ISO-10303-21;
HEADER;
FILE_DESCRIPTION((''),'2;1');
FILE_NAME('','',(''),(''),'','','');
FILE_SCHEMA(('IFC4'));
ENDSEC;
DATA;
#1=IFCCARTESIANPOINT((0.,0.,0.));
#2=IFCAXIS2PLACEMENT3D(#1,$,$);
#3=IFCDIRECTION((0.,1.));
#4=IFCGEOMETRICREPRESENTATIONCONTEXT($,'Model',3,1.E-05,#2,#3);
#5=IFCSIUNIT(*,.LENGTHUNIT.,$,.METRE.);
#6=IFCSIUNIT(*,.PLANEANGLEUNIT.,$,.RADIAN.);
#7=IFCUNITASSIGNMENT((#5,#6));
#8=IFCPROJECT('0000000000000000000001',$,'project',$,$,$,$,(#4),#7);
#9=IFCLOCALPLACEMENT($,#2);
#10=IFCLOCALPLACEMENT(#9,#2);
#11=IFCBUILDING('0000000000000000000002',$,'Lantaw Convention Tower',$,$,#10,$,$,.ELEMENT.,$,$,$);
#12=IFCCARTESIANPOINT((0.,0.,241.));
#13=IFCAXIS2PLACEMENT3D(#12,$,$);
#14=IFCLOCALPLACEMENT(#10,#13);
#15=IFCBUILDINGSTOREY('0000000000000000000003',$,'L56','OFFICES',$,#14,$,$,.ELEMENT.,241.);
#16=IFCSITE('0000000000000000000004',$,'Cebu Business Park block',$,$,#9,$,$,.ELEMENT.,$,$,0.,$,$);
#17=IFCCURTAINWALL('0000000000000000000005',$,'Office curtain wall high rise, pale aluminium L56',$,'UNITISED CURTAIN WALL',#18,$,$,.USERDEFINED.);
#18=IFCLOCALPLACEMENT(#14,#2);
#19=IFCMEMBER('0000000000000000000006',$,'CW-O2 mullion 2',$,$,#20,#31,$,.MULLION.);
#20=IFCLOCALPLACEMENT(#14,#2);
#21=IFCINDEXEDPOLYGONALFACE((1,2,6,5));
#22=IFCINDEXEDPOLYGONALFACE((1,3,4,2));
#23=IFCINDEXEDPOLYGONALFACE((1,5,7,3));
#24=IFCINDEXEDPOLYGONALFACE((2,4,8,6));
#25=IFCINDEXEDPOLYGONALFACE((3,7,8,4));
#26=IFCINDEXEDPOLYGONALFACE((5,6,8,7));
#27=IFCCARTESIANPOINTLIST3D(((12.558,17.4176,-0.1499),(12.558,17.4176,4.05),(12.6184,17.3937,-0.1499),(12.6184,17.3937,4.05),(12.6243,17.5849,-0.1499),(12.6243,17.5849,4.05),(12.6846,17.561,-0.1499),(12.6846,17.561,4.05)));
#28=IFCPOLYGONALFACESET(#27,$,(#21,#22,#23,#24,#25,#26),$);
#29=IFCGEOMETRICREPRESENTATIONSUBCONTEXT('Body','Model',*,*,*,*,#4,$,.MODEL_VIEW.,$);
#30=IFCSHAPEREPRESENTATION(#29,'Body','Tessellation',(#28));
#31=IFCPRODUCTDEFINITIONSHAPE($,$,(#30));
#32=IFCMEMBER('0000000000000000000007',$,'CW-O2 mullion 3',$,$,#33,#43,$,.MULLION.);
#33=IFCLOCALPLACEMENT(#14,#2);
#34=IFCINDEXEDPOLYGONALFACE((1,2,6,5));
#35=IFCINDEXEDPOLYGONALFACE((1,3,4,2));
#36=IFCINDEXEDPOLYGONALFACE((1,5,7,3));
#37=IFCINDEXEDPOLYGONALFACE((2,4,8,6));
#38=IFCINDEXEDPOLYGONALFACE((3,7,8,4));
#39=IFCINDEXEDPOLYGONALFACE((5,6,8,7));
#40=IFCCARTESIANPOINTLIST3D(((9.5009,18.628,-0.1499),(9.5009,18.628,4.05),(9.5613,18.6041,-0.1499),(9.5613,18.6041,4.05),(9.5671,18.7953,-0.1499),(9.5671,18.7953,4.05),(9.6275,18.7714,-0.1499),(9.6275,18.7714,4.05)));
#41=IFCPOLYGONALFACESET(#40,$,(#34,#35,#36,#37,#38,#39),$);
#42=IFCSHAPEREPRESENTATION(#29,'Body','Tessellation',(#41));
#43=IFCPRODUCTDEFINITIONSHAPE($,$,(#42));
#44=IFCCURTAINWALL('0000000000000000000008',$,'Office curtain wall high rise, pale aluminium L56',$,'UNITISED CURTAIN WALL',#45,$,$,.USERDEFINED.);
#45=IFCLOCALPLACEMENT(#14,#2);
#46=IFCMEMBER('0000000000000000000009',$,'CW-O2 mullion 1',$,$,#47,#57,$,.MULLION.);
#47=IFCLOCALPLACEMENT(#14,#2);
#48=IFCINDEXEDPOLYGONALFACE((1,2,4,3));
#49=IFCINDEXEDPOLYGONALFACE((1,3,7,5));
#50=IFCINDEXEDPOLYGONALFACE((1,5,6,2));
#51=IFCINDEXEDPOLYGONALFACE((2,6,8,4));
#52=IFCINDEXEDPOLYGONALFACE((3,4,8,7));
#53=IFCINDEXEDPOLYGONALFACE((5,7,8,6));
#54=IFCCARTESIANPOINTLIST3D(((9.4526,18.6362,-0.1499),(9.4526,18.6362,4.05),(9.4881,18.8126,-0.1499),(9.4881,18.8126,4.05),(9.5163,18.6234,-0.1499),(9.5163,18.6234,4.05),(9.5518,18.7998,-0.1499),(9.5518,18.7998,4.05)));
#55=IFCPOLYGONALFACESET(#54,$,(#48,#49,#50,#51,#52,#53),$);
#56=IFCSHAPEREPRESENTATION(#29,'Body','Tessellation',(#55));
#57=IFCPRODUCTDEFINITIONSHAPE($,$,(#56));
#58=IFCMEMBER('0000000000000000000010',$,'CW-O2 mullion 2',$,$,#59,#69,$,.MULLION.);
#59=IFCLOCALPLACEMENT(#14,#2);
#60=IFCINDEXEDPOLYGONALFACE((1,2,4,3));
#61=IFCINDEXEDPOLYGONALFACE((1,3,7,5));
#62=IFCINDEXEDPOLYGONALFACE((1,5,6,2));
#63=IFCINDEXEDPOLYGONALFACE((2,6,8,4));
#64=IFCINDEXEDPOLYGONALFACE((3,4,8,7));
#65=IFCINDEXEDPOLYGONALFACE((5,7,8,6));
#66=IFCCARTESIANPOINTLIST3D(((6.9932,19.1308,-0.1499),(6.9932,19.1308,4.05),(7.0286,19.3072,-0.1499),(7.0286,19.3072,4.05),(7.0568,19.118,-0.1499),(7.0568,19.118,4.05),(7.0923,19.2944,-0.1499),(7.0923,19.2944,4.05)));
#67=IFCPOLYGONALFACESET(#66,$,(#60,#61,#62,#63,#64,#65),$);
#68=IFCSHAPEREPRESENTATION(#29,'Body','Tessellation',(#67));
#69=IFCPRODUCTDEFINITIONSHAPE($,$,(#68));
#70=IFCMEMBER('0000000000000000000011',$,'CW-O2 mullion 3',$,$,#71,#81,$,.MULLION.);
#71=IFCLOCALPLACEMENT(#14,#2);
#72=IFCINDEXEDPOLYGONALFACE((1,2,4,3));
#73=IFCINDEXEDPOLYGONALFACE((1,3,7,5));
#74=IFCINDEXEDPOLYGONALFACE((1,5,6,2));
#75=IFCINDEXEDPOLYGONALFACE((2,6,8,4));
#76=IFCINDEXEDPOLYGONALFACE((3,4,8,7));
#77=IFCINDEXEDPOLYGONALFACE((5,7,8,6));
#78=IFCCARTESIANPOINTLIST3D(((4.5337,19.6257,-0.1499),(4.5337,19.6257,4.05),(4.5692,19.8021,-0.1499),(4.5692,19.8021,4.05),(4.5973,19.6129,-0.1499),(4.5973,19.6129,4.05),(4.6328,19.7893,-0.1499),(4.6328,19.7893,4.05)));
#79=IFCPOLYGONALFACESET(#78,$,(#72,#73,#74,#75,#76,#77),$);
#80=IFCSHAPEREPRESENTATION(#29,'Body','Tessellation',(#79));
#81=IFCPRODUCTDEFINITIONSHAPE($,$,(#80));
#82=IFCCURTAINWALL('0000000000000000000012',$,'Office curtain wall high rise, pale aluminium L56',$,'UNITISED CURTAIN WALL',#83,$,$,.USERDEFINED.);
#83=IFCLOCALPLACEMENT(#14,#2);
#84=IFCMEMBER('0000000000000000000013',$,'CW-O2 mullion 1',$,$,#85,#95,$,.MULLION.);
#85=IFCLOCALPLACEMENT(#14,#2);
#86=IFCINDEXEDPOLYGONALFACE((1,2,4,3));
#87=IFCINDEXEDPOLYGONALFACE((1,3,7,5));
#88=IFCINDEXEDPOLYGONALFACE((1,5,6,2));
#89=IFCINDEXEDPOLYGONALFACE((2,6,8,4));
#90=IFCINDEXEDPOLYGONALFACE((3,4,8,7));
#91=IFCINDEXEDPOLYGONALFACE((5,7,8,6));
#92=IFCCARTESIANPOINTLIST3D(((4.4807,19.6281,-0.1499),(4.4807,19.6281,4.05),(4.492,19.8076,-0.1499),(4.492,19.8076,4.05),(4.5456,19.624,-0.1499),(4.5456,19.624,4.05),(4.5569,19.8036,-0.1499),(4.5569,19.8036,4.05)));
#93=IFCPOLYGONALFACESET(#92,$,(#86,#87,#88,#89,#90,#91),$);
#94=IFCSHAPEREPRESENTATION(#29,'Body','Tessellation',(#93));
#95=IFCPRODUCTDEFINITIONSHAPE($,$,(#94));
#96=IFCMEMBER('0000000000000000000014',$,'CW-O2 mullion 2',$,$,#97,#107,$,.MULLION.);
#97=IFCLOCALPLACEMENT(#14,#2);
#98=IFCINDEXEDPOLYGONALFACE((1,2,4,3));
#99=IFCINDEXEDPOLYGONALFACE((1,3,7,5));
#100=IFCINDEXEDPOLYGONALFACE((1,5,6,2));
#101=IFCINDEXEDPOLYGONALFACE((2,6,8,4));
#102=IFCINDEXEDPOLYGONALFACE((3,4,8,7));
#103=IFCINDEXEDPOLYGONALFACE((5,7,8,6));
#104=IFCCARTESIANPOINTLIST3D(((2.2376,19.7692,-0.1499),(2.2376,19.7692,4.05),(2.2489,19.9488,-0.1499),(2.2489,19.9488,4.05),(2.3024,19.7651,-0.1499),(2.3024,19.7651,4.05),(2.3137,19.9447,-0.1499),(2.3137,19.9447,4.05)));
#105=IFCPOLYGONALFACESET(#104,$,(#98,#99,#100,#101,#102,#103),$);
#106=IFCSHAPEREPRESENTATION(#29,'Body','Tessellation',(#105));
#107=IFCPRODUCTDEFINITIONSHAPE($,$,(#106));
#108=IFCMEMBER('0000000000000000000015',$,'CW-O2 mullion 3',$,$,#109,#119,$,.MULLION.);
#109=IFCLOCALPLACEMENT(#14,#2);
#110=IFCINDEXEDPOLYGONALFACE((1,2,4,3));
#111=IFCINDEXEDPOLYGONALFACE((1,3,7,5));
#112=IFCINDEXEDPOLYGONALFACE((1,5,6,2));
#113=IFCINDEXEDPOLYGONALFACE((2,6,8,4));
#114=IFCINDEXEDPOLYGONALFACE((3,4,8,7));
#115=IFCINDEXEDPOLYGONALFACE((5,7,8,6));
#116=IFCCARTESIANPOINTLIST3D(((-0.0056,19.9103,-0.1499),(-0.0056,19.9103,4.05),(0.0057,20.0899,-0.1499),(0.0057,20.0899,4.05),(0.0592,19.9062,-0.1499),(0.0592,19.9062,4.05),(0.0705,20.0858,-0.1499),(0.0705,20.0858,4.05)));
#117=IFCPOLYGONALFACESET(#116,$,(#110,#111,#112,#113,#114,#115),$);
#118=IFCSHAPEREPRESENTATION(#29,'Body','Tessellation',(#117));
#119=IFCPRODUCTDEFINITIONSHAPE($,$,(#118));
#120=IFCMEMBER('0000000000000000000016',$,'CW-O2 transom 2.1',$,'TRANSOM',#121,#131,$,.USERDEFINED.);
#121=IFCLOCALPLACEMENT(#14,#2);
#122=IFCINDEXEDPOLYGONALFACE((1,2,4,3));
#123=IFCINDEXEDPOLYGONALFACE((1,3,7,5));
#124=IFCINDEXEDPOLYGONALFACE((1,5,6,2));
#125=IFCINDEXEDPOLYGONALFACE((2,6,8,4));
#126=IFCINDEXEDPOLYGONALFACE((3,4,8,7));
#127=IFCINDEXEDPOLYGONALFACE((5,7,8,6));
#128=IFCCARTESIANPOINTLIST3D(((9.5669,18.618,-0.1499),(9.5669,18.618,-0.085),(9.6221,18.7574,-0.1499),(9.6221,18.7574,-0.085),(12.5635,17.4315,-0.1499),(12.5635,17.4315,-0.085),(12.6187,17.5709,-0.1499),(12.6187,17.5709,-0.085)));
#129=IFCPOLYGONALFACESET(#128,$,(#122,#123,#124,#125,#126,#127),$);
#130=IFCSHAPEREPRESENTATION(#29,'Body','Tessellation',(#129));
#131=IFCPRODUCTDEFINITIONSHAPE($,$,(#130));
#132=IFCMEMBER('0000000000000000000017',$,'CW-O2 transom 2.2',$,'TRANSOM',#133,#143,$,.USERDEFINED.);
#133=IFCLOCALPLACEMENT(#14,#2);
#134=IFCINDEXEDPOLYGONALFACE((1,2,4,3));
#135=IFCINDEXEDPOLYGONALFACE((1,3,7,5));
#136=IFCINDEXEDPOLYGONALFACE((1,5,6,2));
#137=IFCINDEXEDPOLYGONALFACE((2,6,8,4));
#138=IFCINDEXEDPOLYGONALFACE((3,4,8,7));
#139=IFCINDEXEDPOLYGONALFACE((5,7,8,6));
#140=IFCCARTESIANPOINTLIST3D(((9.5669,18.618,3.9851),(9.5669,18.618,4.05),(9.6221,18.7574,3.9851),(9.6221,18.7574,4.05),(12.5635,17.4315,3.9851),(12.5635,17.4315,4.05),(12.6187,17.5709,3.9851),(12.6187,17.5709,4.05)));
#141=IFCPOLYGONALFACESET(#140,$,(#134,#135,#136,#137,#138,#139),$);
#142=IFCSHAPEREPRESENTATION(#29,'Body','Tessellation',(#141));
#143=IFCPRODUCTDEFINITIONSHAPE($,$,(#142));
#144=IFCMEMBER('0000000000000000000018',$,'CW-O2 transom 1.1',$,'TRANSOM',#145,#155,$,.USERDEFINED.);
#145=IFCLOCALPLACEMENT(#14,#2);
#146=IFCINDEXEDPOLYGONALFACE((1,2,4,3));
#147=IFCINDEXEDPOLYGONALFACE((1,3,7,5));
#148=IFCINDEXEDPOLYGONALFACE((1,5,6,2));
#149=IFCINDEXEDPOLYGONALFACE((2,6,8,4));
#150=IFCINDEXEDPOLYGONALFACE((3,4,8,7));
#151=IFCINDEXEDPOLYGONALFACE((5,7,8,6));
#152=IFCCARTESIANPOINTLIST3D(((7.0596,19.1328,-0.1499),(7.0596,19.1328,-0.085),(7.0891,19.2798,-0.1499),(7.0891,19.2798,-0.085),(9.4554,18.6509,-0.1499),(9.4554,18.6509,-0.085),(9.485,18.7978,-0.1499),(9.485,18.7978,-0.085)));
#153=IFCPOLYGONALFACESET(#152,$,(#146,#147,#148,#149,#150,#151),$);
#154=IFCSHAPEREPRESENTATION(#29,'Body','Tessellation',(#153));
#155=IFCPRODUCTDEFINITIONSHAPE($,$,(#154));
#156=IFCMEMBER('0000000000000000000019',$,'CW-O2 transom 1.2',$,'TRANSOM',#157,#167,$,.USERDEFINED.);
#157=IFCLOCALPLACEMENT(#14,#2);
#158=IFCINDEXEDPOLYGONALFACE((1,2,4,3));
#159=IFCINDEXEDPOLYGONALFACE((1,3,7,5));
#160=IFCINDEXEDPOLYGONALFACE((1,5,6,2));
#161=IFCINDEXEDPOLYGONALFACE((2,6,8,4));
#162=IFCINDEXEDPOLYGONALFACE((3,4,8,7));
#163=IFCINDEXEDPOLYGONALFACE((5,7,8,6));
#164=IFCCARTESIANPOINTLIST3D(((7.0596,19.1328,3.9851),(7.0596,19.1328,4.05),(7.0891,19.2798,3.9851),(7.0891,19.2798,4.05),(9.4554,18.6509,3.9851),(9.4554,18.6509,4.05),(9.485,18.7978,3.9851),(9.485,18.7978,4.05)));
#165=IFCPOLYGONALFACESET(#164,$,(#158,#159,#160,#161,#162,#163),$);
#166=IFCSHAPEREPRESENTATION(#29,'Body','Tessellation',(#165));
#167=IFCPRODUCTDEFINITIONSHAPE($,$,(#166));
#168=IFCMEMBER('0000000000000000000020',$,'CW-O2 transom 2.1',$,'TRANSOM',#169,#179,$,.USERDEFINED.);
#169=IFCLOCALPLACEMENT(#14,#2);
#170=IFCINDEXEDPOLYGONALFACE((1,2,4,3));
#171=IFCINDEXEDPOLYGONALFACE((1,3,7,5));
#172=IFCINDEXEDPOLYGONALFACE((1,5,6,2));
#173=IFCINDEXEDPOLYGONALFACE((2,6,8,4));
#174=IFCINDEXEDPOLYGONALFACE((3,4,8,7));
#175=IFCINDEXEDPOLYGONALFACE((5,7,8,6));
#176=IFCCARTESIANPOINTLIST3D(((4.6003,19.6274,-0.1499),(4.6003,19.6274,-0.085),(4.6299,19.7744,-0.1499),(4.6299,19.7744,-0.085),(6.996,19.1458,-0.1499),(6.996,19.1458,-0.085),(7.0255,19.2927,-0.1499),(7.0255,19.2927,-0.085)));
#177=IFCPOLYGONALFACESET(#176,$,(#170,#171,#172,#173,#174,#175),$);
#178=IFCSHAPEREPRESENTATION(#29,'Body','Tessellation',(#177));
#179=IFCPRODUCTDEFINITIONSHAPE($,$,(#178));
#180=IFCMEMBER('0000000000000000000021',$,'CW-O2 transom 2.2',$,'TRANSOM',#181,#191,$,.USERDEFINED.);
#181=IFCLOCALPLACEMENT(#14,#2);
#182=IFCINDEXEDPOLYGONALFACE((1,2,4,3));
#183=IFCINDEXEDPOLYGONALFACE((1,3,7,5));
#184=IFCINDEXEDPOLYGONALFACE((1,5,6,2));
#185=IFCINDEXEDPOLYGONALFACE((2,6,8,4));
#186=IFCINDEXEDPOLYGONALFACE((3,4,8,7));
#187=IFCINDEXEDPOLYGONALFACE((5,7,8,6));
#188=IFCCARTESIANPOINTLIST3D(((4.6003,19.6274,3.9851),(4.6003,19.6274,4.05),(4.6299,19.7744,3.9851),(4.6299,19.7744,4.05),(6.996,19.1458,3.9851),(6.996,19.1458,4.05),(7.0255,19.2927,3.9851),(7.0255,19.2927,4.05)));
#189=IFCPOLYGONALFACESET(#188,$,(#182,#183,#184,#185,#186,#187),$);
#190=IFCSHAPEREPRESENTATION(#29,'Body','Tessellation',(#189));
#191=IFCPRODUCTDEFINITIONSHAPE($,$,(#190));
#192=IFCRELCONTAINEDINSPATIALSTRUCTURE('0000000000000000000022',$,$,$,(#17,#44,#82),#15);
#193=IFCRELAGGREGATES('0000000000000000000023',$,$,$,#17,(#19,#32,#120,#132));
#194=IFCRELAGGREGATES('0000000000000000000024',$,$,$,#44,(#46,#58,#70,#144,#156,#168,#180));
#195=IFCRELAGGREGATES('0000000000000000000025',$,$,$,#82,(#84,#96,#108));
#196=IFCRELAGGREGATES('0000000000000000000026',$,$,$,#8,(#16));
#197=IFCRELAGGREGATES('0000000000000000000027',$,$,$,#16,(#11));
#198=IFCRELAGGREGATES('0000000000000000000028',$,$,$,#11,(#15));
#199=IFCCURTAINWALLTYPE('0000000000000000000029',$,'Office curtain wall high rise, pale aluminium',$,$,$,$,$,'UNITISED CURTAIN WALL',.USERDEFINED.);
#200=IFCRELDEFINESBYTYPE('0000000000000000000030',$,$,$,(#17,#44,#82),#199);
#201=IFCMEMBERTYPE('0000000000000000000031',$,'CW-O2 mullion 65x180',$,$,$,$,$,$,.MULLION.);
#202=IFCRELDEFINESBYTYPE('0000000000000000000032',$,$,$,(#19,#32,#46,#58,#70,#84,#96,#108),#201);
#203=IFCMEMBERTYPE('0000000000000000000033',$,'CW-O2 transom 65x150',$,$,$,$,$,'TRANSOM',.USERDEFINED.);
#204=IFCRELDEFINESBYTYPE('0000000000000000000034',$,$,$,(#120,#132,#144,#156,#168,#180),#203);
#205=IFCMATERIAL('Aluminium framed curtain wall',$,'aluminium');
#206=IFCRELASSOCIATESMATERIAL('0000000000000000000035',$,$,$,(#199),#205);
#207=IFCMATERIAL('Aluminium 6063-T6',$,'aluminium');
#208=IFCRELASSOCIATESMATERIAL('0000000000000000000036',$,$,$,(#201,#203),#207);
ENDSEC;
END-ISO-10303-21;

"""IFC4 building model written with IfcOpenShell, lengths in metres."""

from ifc_helpers import new_model, si_unit, direction, frame, origin, origin_2d, place, context, subcontext, project, spatial, rectangle, extrude, material, material_profile, profile_set, type_object, element, aggregate, save


model = new_model("IFC4")

# Units and contexts
model_context = context("Model", 3, precision=1e-05, world=origin(), true_north=direction((0.0, 1.0)))
body_context = subcontext(model_context, "Body", "Model", "MODEL_VIEW")
ifc_project = project(units=[si_unit("LENGTHUNIT", "METRE"), si_unit("PLANEANGLEUNIT", "RADIAN")], contexts=[model_context])

# Site, building, storey
site_placement = place(None, origin())
site = spatial("IfcSite", under=ifc_project, at=site_placement, Name="Cebu Business Park block", CompositionType="ELEMENT", RefElevation=0.0)
building_placement = place(site_placement, origin())
building = spatial("IfcBuilding", under=site, at=building_placement, Name="Lantaw Convention Tower", CompositionType="ELEMENT")
storey_placement = place(building_placement, frame((0.0, 0.0, 241.0)))
storey = spatial("IfcBuildingStorey", under=building, at=storey_placement, Name="L56", Description="OFFICES", CompositionType="ELEMENT", Elevation=241.0)

# Curtain walls, members
ifc_material_1 = material(Name="Aluminium framed curtain wall", Category="aluminium")
curtain_wall_type = type_object("IfcCurtainWallType", Name="Office curtain wall high rise, pale aluminium", ElementType="UNITISED CURTAIN WALL", PredefinedType="USERDEFINED", material=ifc_material_1)
curtain_wall_1_placement = place(storey_placement, origin())
curtain_wall_1 = element("IfcCurtainWall", 1, at=curtain_wall_1_placement, inside=storey, type_object=curtain_wall_type, Name="Office curtain wall high rise, pale aluminium L56", ObjectType="UNITISED CURTAIN WALL", PredefinedType="USERDEFINED")
ifc_material_2 = material(Name="Aluminium 6063-T6", Category="aluminium")
ifc_material_profile_1 = material_profile(ifc_material_2, rectangle(XDim=0.1799, YDim=0.0649, at=origin_2d()), Name="CW-O2 mullion 65x180")
ifc_profile_set_1 = profile_set([ifc_material_profile_1], Name="Aluminium 6063-T6")
member_type_1 = type_object("IfcMemberType", Name="CW-O2 mullion 65x180", PredefinedType="MULLION", material=ifc_profile_set_1)
member_1_placement = place(storey_placement, frame((12.6213, 17.4893, -0.1499), z_axis=(0.0, 0.0, 1.0), x_axis=(-0.368162, -0.929762, 0.0)))
member_1 = element("IfcMember", 2, at=member_1_placement, type_object=member_type_1, Name="CW-O2 mullion 2", PredefinedType="MULLION", context=body_context, shape_type="SweptSolid", body=[
    extrude(rectangle(XDim=0.1799, YDim=0.0649, at=origin_2d()), origin(), (0.0, 0.0, 1.0), 4.2),
])
member_2_placement = place(storey_placement, frame((9.5642, 18.6997, -0.1499), z_axis=(0.0, 0.0, 1.0), x_axis=(-0.368162, -0.929762, 0.0)))
member_2 = element("IfcMember", 3, at=member_2_placement, type_object=member_type_1, Name="CW-O2 mullion 3", PredefinedType="MULLION", context=body_context, shape_type="SweptSolid", body=[
    extrude(rectangle(XDim=0.1799, YDim=0.0649, at=origin_2d()), origin(), (0.0, 0.0, 1.0), 4.2),
])
curtain_wall_2_placement = place(storey_placement, origin())
curtain_wall_2 = element("IfcCurtainWall", 4, at=curtain_wall_2_placement, inside=storey, type_object=curtain_wall_type, Name="Office curtain wall high rise, pale aluminium L56", ObjectType="UNITISED CURTAIN WALL", PredefinedType="USERDEFINED")
member_3_placement = place(storey_placement, frame((9.5022, 18.718, -0.1499), z_axis=(0.0, 0.0, 1.0), x_axis=(-0.197183, -0.980367, 0.0)))
member_3 = element("IfcMember", 5, at=member_3_placement, type_object=member_type_1, Name="CW-O2 mullion 1", PredefinedType="MULLION", context=body_context, shape_type="SweptSolid", body=[
    extrude(rectangle(XDim=0.1799, YDim=0.0649, at=origin_2d()), origin(), (0.0, 0.0, 1.0), 4.2),
])
member_4_placement = place(storey_placement, frame((7.0427, 19.2126, -0.1499), z_axis=(0.0, 0.0, 1.0), x_axis=(-0.197183, -0.980367, 0.0)))
member_4 = element("IfcMember", 6, at=member_4_placement, type_object=member_type_1, Name="CW-O2 mullion 2", PredefinedType="MULLION", context=body_context, shape_type="SweptSolid", body=[
    extrude(rectangle(XDim=0.1799, YDim=0.0649, at=origin_2d()), origin(), (0.0, 0.0, 1.0), 4.2),
])
member_5_placement = place(storey_placement, frame((4.5833, 19.7075, -0.1499), z_axis=(0.0, 0.0, 1.0), x_axis=(-0.197183, -0.980367, 0.0)))
member_5 = element("IfcMember", 7, at=member_5_placement, type_object=member_type_1, Name="CW-O2 mullion 3", PredefinedType="MULLION", context=body_context, shape_type="SweptSolid", body=[
    extrude(rectangle(XDim=0.1799, YDim=0.0649, at=origin_2d()), origin(), (0.0, 0.0, 1.0), 4.2),
])
curtain_wall_3_placement = place(storey_placement, origin())
curtain_wall_3 = element("IfcCurtainWall", 8, at=curtain_wall_3_placement, inside=storey, type_object=curtain_wall_type, Name="Office curtain wall high rise, pale aluminium L56", ObjectType="UNITISED CURTAIN WALL", PredefinedType="USERDEFINED")
member_6_placement = place(storey_placement, frame((4.5188, 19.7158, -0.1499), z_axis=(0.0, 0.0, 1.0), x_axis=(-0.062758, -0.998029, 0.0)))
member_6 = element("IfcMember", 9, at=member_6_placement, type_object=member_type_1, Name="CW-O2 mullion 1", PredefinedType="MULLION", context=body_context, shape_type="SweptSolid", body=[
    extrude(rectangle(XDim=0.1799, YDim=0.0649, at=origin_2d()), origin(), (0.0, 0.0, 1.0), 4.2),
])
member_7_placement = place(storey_placement, frame((2.2756, 19.8569, -0.1499), z_axis=(0.0, 0.0, 1.0), x_axis=(-0.062758, -0.998029, 0.0)))
member_7 = element("IfcMember", 10, at=member_7_placement, type_object=member_type_1, Name="CW-O2 mullion 2", PredefinedType="MULLION", context=body_context, shape_type="SweptSolid", body=[
    extrude(rectangle(XDim=0.1799, YDim=0.0649, at=origin_2d()), origin(), (0.0, 0.0, 1.0), 4.2),
])
member_8_placement = place(storey_placement, frame((0.0325, 19.998, -0.1499), z_axis=(0.0, 0.0, 1.0), x_axis=(-0.062758, -0.998029, 0.0)))
member_8 = element("IfcMember", 11, at=member_8_placement, type_object=member_type_1, Name="CW-O2 mullion 3", PredefinedType="MULLION", context=body_context, shape_type="SweptSolid", body=[
    extrude(rectangle(XDim=0.1799, YDim=0.0649, at=origin_2d()), origin(), (0.0, 0.0, 1.0), 4.2),
])

# Members
ifc_material_profile_2 = material_profile(ifc_material_2, rectangle(XDim=0.1499, YDim=0.0649, at=origin_2d()), Name="CW-O2 transom 65x150")
ifc_profile_set_2 = profile_set([ifc_material_profile_2], Name="Aluminium 6063-T6")
member_type_2 = type_object("IfcMemberType", Name="CW-O2 transom 65x150", ElementType="TRANSOM", PredefinedType="USERDEFINED", material=ifc_profile_set_2)
member_9_placement = place(storey_placement, frame((12.5911, 17.5012, -0.1174), z_axis=(-0.929767, 0.368149, 0.0), x_axis=(-0.368149, -0.929767, 0.0)))
member_9 = element("IfcMember", 12, at=member_9_placement, type_object=member_type_2, Name="CW-O2 transom 2.1", ObjectType="TRANSOM", PredefinedType="USERDEFINED", context=body_context, shape_type="SweptSolid", body=[
    extrude(rectangle(XDim=0.1499, YDim=0.0649, at=origin_2d()), origin(), (0.0, 0.0, 1.0), 3.2229),
])
member_10_placement = place(storey_placement, frame((12.5911, 17.5012, 4.0176), z_axis=(-0.929767, 0.368149, 0.0), x_axis=(-0.368149, -0.929767, 0.0)))
member_10 = element("IfcMember", 13, at=member_10_placement, type_object=member_type_2, Name="CW-O2 transom 2.2", ObjectType="TRANSOM", PredefinedType="USERDEFINED", context=body_context, shape_type="SweptSolid", body=[
    extrude(rectangle(XDim=0.1499, YDim=0.0649, at=origin_2d()), origin(), (0.0, 0.0, 1.0), 3.2229),
])
member_11_placement = place(storey_placement, frame((9.4702, 18.7244, -0.1174), z_axis=(-0.980361, 0.197211, 0.0), x_axis=(-0.197211, -0.980361, 0.0)))
member_11 = element("IfcMember", 14, at=member_11_placement, type_object=member_type_2, Name="CW-O2 transom 1.1", ObjectType="TRANSOM", PredefinedType="USERDEFINED", context=body_context, shape_type="SweptSolid", body=[
    extrude(rectangle(XDim=0.1499, YDim=0.0649, at=origin_2d()), origin(), (0.0, 0.0, 1.0), 2.4438),
])
member_12_placement = place(storey_placement, frame((9.4702, 18.7244, 4.0176), z_axis=(-0.980361, 0.197211, 0.0), x_axis=(-0.197211, -0.980361, 0.0)))
member_12 = element("IfcMember", 15, at=member_12_placement, type_object=member_type_2, Name="CW-O2 transom 1.2", ObjectType="TRANSOM", PredefinedType="USERDEFINED", context=body_context, shape_type="SweptSolid", body=[
    extrude(rectangle(XDim=0.1499, YDim=0.0649, at=origin_2d()), origin(), (0.0, 0.0, 1.0), 2.4438),
])
member_13_placement = place(storey_placement, frame((7.0107, 19.2192, -0.1174), z_axis=(-0.98038, 0.197115, 0.0), x_axis=(-0.197115, -0.98038, 0.0)))
member_13 = element("IfcMember", 16, at=member_13_placement, type_object=member_type_2, Name="CW-O2 transom 2.1", ObjectType="TRANSOM", PredefinedType="USERDEFINED", context=body_context, shape_type="SweptSolid", body=[
    extrude(rectangle(XDim=0.1499, YDim=0.0649, at=origin_2d()), origin(), (0.0, 0.0, 1.0), 2.4436),
])
member_14_placement = place(storey_placement, frame((7.0107, 19.2192, 4.0176), z_axis=(-0.98038, 0.197115, 0.0), x_axis=(-0.197115, -0.98038, 0.0)))
member_14 = element("IfcMember", 17, at=member_14_placement, type_object=member_type_2, Name="CW-O2 transom 2.2", ObjectType="TRANSOM", PredefinedType="USERDEFINED", context=body_context, shape_type="SweptSolid", body=[
    extrude(rectangle(XDim=0.1499, YDim=0.0649, at=origin_2d()), origin(), (0.0, 0.0, 1.0), 2.4436),
])

aggregate(curtain_wall_1, [member_1, member_2, member_9, member_10])
aggregate(curtain_wall_2, [member_3, member_4, member_5, member_11, member_12, member_13, member_14])
aggregate(curtain_wall_3, [member_6, member_7, member_8])

save(model, "model.ifc")
